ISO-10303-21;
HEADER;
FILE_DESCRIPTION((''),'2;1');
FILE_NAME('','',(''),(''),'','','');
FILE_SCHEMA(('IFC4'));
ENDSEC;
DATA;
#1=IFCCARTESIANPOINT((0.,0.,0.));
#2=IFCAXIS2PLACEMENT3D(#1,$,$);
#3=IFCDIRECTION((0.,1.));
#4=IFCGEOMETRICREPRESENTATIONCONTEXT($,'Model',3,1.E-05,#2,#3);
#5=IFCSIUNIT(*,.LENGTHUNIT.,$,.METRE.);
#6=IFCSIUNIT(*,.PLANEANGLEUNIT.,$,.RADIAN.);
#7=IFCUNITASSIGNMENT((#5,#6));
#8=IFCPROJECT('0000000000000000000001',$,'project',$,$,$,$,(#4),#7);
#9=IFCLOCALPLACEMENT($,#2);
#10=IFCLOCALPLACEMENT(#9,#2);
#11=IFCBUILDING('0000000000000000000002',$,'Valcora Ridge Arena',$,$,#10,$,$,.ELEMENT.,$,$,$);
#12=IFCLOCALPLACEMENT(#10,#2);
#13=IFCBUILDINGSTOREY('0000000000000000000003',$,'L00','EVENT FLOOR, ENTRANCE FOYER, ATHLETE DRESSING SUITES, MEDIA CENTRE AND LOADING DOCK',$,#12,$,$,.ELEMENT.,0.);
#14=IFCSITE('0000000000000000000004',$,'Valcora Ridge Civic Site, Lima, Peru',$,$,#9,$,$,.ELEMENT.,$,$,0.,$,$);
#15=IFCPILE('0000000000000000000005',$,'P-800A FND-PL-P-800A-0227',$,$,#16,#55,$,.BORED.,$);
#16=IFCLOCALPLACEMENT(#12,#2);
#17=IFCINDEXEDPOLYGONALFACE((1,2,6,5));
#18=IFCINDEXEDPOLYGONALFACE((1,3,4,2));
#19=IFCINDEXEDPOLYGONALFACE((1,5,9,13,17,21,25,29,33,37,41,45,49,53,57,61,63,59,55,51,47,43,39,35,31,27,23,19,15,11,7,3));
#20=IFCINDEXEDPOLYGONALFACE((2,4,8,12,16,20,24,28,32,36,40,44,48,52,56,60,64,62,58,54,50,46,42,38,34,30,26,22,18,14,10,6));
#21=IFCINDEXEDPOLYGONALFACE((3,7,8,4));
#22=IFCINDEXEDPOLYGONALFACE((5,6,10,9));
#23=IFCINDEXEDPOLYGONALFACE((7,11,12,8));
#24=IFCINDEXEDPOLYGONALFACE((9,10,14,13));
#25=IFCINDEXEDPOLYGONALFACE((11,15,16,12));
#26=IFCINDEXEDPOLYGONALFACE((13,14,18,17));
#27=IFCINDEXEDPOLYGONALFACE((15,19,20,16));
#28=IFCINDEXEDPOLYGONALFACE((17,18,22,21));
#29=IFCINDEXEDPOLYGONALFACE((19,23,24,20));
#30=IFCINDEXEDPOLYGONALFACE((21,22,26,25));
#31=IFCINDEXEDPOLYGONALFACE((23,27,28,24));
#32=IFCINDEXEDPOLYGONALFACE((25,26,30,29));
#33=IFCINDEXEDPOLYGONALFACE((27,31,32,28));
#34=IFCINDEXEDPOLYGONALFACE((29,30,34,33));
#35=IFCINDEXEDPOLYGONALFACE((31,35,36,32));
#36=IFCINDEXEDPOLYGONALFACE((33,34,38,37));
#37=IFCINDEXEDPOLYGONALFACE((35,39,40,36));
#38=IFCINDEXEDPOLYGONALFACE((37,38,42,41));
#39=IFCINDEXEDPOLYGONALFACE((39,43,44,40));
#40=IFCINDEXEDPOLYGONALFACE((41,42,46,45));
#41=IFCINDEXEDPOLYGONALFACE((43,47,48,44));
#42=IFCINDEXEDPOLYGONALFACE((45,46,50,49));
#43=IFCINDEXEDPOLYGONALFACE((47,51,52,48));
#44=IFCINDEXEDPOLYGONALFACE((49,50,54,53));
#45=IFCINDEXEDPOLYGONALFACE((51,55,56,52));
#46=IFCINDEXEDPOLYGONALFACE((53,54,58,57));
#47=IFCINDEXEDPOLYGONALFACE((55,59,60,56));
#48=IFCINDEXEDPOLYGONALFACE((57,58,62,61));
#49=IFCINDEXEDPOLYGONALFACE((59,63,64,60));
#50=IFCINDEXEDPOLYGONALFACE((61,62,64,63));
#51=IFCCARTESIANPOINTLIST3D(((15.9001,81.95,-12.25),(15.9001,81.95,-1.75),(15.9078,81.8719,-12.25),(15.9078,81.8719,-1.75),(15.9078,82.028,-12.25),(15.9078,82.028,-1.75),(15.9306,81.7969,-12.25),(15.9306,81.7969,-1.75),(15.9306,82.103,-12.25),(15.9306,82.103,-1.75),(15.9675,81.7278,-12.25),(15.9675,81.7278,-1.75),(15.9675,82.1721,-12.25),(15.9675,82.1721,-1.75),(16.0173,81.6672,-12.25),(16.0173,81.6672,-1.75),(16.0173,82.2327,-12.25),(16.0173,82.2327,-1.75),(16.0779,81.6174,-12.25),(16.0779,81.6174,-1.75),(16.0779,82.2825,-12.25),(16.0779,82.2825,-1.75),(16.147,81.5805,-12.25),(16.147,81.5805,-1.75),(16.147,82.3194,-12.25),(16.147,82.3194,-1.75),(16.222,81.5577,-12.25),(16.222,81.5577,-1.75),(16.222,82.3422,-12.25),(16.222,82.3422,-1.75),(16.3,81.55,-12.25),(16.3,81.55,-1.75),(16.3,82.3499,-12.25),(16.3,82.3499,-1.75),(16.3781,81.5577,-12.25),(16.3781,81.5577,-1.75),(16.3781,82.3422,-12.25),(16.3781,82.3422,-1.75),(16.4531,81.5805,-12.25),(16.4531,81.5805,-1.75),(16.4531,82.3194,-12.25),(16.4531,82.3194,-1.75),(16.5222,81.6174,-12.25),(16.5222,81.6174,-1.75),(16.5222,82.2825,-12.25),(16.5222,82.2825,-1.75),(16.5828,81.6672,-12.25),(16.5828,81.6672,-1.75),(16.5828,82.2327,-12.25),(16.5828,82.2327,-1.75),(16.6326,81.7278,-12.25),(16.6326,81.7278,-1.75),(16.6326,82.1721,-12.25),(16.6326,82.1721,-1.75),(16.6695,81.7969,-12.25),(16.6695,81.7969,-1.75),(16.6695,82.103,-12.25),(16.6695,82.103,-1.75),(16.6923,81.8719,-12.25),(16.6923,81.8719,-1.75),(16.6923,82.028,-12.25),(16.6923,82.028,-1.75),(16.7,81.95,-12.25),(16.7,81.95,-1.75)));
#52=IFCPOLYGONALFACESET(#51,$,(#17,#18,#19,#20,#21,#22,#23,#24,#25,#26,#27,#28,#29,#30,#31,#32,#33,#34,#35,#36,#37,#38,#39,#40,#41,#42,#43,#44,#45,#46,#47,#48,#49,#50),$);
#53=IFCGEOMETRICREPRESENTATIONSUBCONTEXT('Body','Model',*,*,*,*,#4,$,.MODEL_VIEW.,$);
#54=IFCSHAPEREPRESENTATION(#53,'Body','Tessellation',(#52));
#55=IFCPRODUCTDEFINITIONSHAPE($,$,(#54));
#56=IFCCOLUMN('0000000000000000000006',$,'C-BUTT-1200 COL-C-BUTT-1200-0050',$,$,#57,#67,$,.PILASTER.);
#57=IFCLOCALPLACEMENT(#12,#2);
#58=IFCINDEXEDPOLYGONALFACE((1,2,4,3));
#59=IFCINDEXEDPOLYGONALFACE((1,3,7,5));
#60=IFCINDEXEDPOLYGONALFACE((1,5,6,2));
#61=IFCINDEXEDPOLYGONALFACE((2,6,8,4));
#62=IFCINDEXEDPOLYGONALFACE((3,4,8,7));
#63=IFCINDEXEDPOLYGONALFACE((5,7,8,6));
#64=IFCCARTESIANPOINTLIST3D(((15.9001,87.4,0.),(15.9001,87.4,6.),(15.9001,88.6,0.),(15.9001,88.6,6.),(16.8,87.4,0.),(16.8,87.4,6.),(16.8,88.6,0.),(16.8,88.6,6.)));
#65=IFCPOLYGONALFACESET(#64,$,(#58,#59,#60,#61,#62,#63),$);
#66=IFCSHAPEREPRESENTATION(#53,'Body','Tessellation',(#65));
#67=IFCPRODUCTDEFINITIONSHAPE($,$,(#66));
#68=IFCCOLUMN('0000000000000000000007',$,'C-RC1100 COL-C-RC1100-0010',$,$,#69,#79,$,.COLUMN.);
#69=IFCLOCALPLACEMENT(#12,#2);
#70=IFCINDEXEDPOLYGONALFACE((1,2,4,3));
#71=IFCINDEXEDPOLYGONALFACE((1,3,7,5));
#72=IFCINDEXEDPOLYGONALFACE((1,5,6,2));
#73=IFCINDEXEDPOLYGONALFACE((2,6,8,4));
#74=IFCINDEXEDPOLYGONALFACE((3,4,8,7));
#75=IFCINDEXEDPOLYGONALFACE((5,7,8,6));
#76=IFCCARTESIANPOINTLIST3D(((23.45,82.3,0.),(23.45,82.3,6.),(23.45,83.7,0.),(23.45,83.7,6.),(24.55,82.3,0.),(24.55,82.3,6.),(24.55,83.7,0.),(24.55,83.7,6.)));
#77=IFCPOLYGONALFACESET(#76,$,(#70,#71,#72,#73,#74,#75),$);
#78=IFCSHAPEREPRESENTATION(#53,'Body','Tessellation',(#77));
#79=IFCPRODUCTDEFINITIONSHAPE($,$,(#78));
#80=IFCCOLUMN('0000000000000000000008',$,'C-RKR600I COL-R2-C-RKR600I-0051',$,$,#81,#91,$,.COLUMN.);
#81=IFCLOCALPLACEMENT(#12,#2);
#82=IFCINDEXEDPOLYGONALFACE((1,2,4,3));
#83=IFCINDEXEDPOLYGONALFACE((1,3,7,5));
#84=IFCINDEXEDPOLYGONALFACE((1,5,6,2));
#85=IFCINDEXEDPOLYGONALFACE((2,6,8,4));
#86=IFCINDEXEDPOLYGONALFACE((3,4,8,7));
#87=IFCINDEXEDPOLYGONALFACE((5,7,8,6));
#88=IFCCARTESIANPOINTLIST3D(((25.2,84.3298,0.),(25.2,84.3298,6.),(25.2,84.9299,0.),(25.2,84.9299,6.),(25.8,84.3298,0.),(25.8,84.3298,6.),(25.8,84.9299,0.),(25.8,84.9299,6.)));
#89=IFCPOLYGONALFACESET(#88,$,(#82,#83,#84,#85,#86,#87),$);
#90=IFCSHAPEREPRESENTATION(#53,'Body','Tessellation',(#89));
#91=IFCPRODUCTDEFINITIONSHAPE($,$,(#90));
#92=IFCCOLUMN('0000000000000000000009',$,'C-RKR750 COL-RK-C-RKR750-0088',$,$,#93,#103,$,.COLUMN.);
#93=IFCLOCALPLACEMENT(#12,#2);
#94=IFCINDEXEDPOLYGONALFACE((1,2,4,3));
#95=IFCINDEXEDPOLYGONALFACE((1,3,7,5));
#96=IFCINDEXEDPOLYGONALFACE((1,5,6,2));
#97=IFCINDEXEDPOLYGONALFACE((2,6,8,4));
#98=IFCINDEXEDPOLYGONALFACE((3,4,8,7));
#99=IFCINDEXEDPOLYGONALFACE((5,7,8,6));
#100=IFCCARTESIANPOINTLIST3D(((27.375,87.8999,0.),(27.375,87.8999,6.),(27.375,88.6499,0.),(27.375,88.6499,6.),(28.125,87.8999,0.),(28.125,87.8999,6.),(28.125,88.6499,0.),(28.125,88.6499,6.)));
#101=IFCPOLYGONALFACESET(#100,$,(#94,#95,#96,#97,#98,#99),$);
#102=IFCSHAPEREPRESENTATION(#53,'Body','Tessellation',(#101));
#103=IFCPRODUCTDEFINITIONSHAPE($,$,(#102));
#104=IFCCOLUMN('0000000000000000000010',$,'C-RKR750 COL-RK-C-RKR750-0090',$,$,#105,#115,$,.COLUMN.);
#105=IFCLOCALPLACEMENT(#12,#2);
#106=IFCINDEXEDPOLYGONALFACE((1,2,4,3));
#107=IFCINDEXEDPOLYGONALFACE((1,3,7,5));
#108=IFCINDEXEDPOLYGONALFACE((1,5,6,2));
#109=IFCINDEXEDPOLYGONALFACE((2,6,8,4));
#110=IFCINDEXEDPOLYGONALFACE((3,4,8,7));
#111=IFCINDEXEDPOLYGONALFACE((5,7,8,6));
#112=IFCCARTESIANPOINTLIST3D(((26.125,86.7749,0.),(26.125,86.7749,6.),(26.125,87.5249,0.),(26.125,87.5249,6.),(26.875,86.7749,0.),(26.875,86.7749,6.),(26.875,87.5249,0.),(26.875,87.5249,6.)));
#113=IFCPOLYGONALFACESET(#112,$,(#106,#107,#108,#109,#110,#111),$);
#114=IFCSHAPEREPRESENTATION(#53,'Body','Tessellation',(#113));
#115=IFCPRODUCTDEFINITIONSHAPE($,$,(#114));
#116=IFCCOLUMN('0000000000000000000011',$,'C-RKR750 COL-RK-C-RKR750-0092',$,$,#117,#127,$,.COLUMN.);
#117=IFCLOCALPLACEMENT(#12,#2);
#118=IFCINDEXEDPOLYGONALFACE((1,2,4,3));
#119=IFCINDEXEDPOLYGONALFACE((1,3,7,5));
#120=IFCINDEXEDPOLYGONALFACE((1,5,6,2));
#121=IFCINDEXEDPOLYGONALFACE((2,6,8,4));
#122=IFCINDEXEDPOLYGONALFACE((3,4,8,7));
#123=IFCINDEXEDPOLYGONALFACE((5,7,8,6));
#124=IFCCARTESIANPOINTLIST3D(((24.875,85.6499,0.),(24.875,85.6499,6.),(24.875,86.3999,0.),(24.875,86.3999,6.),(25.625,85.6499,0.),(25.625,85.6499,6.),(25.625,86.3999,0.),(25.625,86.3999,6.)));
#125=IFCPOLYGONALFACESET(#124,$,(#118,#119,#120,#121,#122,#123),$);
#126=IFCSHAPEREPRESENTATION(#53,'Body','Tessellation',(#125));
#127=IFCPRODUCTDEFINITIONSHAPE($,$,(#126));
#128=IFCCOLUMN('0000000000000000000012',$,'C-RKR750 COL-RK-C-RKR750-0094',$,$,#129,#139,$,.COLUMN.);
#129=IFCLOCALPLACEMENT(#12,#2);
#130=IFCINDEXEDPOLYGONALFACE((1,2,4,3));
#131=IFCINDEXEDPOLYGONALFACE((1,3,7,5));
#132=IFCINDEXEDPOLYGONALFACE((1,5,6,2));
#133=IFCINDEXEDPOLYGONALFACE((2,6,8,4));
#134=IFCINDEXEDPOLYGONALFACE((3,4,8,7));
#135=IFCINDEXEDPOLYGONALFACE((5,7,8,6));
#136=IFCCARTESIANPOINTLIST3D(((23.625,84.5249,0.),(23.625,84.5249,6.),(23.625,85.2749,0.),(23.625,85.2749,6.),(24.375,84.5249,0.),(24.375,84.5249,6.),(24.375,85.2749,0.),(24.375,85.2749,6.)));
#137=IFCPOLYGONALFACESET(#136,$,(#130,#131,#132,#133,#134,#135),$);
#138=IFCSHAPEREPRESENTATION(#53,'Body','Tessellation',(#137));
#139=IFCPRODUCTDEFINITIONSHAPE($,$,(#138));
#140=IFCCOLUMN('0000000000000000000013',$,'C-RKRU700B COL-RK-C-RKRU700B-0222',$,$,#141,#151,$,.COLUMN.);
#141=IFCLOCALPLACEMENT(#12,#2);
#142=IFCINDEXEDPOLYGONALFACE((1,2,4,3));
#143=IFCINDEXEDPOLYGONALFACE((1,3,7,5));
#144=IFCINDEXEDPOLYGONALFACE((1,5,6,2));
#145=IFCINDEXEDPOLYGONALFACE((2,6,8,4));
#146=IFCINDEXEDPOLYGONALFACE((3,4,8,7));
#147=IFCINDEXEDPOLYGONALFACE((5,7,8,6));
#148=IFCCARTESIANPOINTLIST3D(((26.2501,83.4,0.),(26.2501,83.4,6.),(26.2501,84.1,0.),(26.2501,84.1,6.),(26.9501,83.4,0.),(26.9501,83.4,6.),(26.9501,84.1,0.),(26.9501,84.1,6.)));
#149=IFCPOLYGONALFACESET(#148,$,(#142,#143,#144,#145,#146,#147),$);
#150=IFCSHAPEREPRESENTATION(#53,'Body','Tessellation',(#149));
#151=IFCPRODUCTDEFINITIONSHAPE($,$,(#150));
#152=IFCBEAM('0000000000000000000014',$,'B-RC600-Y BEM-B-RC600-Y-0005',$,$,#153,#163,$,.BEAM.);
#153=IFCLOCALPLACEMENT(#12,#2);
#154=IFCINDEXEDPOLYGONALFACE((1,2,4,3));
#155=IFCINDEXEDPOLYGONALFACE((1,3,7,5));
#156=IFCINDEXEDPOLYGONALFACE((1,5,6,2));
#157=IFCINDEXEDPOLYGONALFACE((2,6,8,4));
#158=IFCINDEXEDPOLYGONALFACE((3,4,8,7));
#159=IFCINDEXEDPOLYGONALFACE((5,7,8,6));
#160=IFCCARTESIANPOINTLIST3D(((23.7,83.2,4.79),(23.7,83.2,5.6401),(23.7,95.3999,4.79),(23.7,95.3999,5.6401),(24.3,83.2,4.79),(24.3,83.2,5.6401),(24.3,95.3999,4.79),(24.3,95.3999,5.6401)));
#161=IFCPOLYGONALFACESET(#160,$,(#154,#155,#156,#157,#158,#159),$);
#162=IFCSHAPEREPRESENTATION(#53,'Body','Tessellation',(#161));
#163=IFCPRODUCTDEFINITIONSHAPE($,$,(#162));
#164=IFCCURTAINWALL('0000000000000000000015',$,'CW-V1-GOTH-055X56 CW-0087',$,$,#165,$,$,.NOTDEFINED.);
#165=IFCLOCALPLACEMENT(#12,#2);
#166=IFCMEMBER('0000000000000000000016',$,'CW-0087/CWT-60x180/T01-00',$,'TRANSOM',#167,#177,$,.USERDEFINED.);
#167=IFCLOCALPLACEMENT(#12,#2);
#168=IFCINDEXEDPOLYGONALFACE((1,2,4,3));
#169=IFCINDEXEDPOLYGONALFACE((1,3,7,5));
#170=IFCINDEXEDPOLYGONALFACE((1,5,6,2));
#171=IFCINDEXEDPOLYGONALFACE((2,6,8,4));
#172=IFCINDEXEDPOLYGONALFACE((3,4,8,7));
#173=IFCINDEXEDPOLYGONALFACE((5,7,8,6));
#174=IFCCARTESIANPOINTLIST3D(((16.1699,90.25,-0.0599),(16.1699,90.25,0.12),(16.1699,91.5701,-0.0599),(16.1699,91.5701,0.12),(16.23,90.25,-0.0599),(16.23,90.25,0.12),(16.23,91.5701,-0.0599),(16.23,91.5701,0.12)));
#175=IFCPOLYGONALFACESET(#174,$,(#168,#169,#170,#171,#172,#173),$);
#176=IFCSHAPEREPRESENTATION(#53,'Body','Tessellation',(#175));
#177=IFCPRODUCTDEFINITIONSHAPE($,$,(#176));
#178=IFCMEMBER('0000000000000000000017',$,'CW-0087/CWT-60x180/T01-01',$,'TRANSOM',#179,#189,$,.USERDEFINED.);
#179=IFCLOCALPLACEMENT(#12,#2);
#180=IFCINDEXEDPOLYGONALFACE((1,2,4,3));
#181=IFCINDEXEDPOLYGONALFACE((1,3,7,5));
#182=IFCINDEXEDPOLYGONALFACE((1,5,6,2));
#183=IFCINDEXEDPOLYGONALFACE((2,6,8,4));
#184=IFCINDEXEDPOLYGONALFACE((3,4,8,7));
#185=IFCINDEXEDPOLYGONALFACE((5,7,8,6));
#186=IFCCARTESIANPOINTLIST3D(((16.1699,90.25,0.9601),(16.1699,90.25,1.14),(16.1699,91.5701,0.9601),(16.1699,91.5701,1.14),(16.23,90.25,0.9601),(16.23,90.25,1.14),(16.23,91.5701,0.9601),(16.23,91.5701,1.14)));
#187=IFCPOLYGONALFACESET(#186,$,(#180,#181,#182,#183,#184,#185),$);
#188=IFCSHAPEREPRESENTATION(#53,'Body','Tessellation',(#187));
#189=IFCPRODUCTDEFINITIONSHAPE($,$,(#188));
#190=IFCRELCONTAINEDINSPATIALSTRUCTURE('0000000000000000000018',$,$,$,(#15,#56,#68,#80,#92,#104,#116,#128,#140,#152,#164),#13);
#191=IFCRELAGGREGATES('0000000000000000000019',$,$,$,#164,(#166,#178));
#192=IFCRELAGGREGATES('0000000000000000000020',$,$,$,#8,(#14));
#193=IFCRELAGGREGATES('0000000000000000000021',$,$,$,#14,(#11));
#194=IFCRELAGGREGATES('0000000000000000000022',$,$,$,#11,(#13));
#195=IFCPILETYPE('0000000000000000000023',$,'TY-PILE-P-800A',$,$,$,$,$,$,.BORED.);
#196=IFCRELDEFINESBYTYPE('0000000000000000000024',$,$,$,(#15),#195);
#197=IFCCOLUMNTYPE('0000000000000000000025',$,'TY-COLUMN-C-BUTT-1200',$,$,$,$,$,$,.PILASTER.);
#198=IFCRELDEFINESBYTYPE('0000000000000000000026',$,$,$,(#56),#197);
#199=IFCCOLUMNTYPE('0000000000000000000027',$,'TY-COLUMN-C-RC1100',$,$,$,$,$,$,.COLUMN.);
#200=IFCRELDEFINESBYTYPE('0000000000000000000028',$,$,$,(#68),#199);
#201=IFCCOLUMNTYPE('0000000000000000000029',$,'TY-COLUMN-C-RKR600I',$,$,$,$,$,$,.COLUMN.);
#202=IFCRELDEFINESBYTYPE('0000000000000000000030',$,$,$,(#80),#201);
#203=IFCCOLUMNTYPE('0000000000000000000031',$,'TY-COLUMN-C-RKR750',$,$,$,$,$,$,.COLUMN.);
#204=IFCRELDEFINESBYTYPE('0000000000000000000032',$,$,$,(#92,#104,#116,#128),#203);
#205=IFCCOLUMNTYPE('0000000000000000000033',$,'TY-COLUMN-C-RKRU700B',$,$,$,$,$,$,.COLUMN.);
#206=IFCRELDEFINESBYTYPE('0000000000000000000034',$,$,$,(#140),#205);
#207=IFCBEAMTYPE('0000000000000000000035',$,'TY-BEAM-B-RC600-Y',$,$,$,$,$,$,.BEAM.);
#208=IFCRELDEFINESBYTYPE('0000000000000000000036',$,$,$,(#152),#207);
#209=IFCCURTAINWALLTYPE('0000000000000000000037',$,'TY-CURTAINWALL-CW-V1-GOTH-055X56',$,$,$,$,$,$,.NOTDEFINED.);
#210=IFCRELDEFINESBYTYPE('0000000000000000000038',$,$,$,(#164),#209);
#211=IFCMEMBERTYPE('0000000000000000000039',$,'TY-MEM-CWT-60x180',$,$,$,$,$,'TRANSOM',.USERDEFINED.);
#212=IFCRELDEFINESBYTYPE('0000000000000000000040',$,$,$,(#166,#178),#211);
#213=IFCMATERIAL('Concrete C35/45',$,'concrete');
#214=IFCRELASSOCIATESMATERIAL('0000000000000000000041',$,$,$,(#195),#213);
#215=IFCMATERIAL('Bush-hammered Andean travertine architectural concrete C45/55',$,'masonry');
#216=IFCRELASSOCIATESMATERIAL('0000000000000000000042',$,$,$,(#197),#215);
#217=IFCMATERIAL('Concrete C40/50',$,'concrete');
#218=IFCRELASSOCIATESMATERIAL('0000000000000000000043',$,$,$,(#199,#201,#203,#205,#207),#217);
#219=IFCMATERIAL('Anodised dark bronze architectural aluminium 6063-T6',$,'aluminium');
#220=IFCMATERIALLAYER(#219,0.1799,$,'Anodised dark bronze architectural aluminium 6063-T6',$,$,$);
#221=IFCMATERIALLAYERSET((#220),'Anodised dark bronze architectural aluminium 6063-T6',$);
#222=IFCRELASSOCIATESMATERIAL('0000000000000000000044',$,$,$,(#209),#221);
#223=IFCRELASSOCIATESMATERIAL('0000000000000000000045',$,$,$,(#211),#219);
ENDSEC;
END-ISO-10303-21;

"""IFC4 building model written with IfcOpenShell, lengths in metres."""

from ifc_helpers import new_model, si_unit, direction, frame, origin, origin_2d, place, context, subcontext, project, spatial, rectangle, circle, extrude, material, layer, layer_set, material_profile, profile_set, type_object, element, aggregate, save


model = new_model("IFC4")

# Units and contexts
model_context = context("Model", 3, precision=1e-05, world=origin(), true_north=direction((0.0, 1.0)))
body_context = subcontext(model_context, "Body", "Model", "MODEL_VIEW")
ifc_project = project(units=[si_unit("LENGTHUNIT", "METRE"), si_unit("PLANEANGLEUNIT", "RADIAN")], contexts=[model_context])

# Site, building, storey
site_placement = place(None, origin())
site = spatial("IfcSite", under=ifc_project, at=site_placement, Name="Valcora Ridge Civic Site, Lima, Peru", CompositionType="ELEMENT", RefElevation=0.0)
building_placement = place(site_placement, origin())
building = spatial("IfcBuilding", under=site, at=building_placement, Name="Valcora Ridge Arena", CompositionType="ELEMENT")
storey_placement = place(building_placement, origin())
storey = spatial("IfcBuildingStorey", under=building, at=storey_placement, Name="L00", Description="EVENT FLOOR, ENTRANCE FOYER, ATHLETE DRESSING SUITES, MEDIA CENTRE AND LOADING DOCK", CompositionType="ELEMENT", Elevation=0.0)

# Pile
ifc_material_1 = material(Name="Concrete C35/45", Category="concrete")
ifc_material_profile_1 = material_profile(ifc_material_1, circle(Radius=0.3999, at=origin_2d()), Name="BORED PILE D800")
ifc_profile_set_1 = profile_set([ifc_material_profile_1], Name="Concrete C35/45")
pile_type = type_object("IfcPileType", Name="TY-PILE-P-800A", PredefinedType="BORED", material=ifc_profile_set_1)
pile_placement = place(storey_placement, frame((16.3, 81.95, -1.75), z_axis=(0.0, 0.0, -1.0), x_axis=(1.0, 0.0, 0.0)))
element("IfcPile", 1, at=pile_placement, inside=storey, type_object=pile_type, Name="P-800A FND-PL-P-800A-0227", PredefinedType="BORED", context=body_context, shape_type="SweptSolid", body=[
    extrude(circle(Radius=0.3999, at=origin_2d()), origin(), (0.0, 0.0, 1.0), 10.5),
])

# Columns
ifc_material_2 = material(Name="Bush-hammered Andean travertine architectural concrete C45/55", Category="masonry")
ifc_material_profile_2 = material_profile(ifc_material_2, rectangle(XDim=0.8999, YDim=1.2, at=origin_2d()), Name="RC 900x1200")
ifc_profile_set_2 = profile_set([ifc_material_profile_2], Name="Bush-hammered Andean travertine architectural concrete C45/55")
column_type_1 = type_object("IfcColumnType", Name="TY-COLUMN-C-BUTT-1200", PredefinedType="PILASTER", material=ifc_profile_set_2)
column_1_placement = place(storey_placement, frame((16.3501, 88.0, 0.0), z_axis=(0.0, 0.0, 1.0), x_axis=(1.0, 0.0, 0.0)))
element("IfcColumn", 2, at=column_1_placement, inside=storey, type_object=column_type_1, Name="C-BUTT-1200 COL-C-BUTT-1200-0050", PredefinedType="PILASTER", context=body_context, shape_type="SweptSolid", body=[
    extrude(rectangle(XDim=0.8999, YDim=1.2, at=origin_2d()), origin(), (0.0, 0.0, 1.0), 6.0),
])
ifc_material_3 = material(Name="Concrete C40/50", Category="concrete")
ifc_material_profile_3 = material_profile(ifc_material_3, rectangle(XDim=1.1001, YDim=1.3999, at=origin_2d()), Name="RC 1100x1400")
ifc_profile_set_3 = profile_set([ifc_material_profile_3], Name="Concrete C40/50")
column_type_2 = type_object("IfcColumnType", Name="TY-COLUMN-C-RC1100", PredefinedType="COLUMN", material=ifc_profile_set_3)
column_2_placement = place(storey_placement, frame((24.0, 83.0, 0.0), z_axis=(0.0, 0.0, 1.0), x_axis=(1.0, 0.0, 0.0)))
element("IfcColumn", 3, at=column_2_placement, inside=storey, type_object=column_type_2, Name="C-RC1100 COL-C-RC1100-0010", PredefinedType="COLUMN", context=body_context, shape_type="SweptSolid", body=[
    extrude(rectangle(XDim=1.1001, YDim=1.3999, at=origin_2d()), origin(), (0.0, 0.0, 1.0), 6.0),
])
ifc_material_profile_4 = material_profile(ifc_material_3, rectangle(XDim=0.6001, YDim=0.6001, at=origin_2d()), Name="RC 600x600")
ifc_profile_set_4 = profile_set([ifc_material_profile_4], Name="Concrete C40/50")
column_type_3 = type_object("IfcColumnType", Name="TY-COLUMN-C-RKR600I", PredefinedType="COLUMN", material=ifc_profile_set_4)
column_3_placement = place(storey_placement, frame((25.5, 84.6299, 0.0), z_axis=(0.0, 0.0, 1.0), x_axis=(1.0, 0.0, 0.0)))
element("IfcColumn", 4, at=column_3_placement, inside=storey, type_object=column_type_3, Name="C-RKR600I COL-R2-C-RKR600I-0051", PredefinedType="COLUMN", context=body_context, shape_type="SweptSolid", body=[
    extrude(rectangle(XDim=0.6001, YDim=0.6001, at=origin_2d()), origin(), (0.0, 0.0, 1.0), 6.0),
])
ifc_material_profile_5 = material_profile(ifc_material_3, rectangle(XDim=0.75, YDim=0.75, at=origin_2d()), Name="RC 750x750")
ifc_profile_set_5 = profile_set([ifc_material_profile_5], Name="Concrete C40/50")
column_type_4 = type_object("IfcColumnType", Name="TY-COLUMN-C-RKR750", PredefinedType="COLUMN", material=ifc_profile_set_5)
for number, where, z_axis, x_axis, name in (
    (5, (27.75, 88.2749, 0.0), (0.0, 0.0, 1.0), (1.0, 0.0, 0.0), "C-RKR750 COL-RK-C-RKR750-0088"),
    (6, (26.5, 87.1499, 0.0), (0.0, 0.0, 1.0), (1.0, 0.0, 0.0), "C-RKR750 COL-RK-C-RKR750-0090"),
    (7, (25.25, 86.0249, 0.0), (0.0, 0.0, 1.0), (1.0, 0.0, 0.0), "C-RKR750 COL-RK-C-RKR750-0092"),
    (8, (24.0, 84.8999, 0.0), (0.0, 0.0, 1.0), (1.0, 0.0, 0.0), "C-RKR750 COL-RK-C-RKR750-0094"),
):
    element("IfcColumn", number, at=place(storey_placement, frame(where, z_axis=z_axis, x_axis=x_axis)), inside=storey, type_object=column_type_4, Name=name, PredefinedType="COLUMN", context=body_context, shape_type="SweptSolid", body=[
        extrude(rectangle(XDim=0.75, YDim=0.75, at=origin_2d()), origin(), (0.0, 0.0, 1.0), 6.0),
    ])
ifc_material_profile_6 = material_profile(ifc_material_3, rectangle(XDim=0.7, YDim=0.7, at=origin_2d()), Name="RC 700x700")
ifc_profile_set_6 = profile_set([ifc_material_profile_6], Name="Concrete C40/50")
column_type_5 = type_object("IfcColumnType", Name="TY-COLUMN-C-RKRU700B", PredefinedType="COLUMN", material=ifc_profile_set_6)
column_4_placement = place(storey_placement, frame((26.6001, 83.75, 0.0), z_axis=(0.0, 0.0, 1.0), x_axis=(1.0, 0.0, 0.0)))
element("IfcColumn", 9, at=column_4_placement, inside=storey, type_object=column_type_5, Name="C-RKRU700B COL-RK-C-RKRU700B-0222", PredefinedType="COLUMN", context=body_context, shape_type="SweptSolid", body=[
    extrude(rectangle(XDim=0.7, YDim=0.7, at=origin_2d()), origin(), (0.0, 0.0, 1.0), 6.0),
])

# Beam
ifc_material_profile_7 = material_profile(ifc_material_3, rectangle(XDim=0.6001, YDim=0.8501, at=origin_2d()), Name="RC 600x850")
ifc_profile_set_7 = profile_set([ifc_material_profile_7], Name="Concrete C40/50")
beam_type = type_object("IfcBeamType", Name="TY-BEAM-B-RC600-Y", PredefinedType="BEAM", material=ifc_profile_set_7)
beam_placement = place(storey_placement, frame((24.0, 83.2, 5.2151), z_axis=(0.0, 1.0, 0.0), x_axis=(-1.0, 0.0, 0.0)))
element("IfcBeam", 10, at=beam_placement, inside=storey, type_object=beam_type, Name="B-RC600-Y BEM-B-RC600-Y-0005", PredefinedType="BEAM", context=body_context, shape_type="SweptSolid", body=[
    extrude(rectangle(XDim=0.6001, YDim=0.8501, at=origin_2d()), origin(), (0.0, 0.0, 1.0), 12.2),
])

# Curtain wall, members
ifc_material_4 = material(Name="Anodised dark bronze architectural aluminium 6063-T6", Category="aluminium")
ifc_layer_1 = layer(ifc_material_4, 0.1799, Name="Anodised dark bronze architectural aluminium 6063-T6")
ifc_layer_set_1 = layer_set([ifc_layer_1], Name="Anodised dark bronze architectural aluminium 6063-T6")
curtain_wall_type = type_object("IfcCurtainWallType", Name="TY-CURTAINWALL-CW-V1-GOTH-055X56", PredefinedType="NOTDEFINED", material=ifc_layer_set_1)
curtain_wall_placement = place(storey_placement, origin())
curtain_wall = element("IfcCurtainWall", 11, at=curtain_wall_placement, inside=storey, type_object=curtain_wall_type, Name="CW-V1-GOTH-055X56 CW-0087", PredefinedType="NOTDEFINED")
ifc_material_profile_8 = material_profile(ifc_material_4, rectangle(XDim=0.0601, YDim=0.1799, at=origin_2d()), Name="ALU TRANSOM 60x180")
ifc_profile_set_8 = profile_set([ifc_material_profile_8], Name="Anodised dark bronze architectural aluminium 6063-T6")
member_type = type_object("IfcMemberType", Name="TY-MEM-CWT-60x180", ElementType="TRANSOM", PredefinedType="USERDEFINED", material=ifc_profile_set_8)
member_1_placement = place(storey_placement, frame((16.2, 90.25, 0.03), z_axis=(0.0, 1.0, 0.0), x_axis=(-1.0, 0.0, 0.0)))
member_1 = element("IfcMember", 12, at=member_1_placement, type_object=member_type, Name="CW-0087/CWT-60x180/T01-00", ObjectType="TRANSOM", PredefinedType="USERDEFINED", context=body_context, shape_type="SweptSolid", body=[
    extrude(rectangle(XDim=0.0601, YDim=0.1799, at=origin_2d()), origin(), (0.0, 0.0, 1.0), 1.3201),
])
member_2_placement = place(storey_placement, frame((16.2, 90.25, 1.05), z_axis=(0.0, 1.0, 0.0), x_axis=(-1.0, 0.0, 0.0)))
member_2 = element("IfcMember", 13, at=member_2_placement, type_object=member_type, Name="CW-0087/CWT-60x180/T01-01", ObjectType="TRANSOM", PredefinedType="USERDEFINED", context=body_context, shape_type="SweptSolid", body=[
    extrude(rectangle(XDim=0.0601, YDim=0.1799, at=origin_2d()), origin(), (0.0, 0.0, 1.0), 1.3201),
])
aggregate(curtain_wall, [member_1, member_2])

save(model, "model.ifc")
